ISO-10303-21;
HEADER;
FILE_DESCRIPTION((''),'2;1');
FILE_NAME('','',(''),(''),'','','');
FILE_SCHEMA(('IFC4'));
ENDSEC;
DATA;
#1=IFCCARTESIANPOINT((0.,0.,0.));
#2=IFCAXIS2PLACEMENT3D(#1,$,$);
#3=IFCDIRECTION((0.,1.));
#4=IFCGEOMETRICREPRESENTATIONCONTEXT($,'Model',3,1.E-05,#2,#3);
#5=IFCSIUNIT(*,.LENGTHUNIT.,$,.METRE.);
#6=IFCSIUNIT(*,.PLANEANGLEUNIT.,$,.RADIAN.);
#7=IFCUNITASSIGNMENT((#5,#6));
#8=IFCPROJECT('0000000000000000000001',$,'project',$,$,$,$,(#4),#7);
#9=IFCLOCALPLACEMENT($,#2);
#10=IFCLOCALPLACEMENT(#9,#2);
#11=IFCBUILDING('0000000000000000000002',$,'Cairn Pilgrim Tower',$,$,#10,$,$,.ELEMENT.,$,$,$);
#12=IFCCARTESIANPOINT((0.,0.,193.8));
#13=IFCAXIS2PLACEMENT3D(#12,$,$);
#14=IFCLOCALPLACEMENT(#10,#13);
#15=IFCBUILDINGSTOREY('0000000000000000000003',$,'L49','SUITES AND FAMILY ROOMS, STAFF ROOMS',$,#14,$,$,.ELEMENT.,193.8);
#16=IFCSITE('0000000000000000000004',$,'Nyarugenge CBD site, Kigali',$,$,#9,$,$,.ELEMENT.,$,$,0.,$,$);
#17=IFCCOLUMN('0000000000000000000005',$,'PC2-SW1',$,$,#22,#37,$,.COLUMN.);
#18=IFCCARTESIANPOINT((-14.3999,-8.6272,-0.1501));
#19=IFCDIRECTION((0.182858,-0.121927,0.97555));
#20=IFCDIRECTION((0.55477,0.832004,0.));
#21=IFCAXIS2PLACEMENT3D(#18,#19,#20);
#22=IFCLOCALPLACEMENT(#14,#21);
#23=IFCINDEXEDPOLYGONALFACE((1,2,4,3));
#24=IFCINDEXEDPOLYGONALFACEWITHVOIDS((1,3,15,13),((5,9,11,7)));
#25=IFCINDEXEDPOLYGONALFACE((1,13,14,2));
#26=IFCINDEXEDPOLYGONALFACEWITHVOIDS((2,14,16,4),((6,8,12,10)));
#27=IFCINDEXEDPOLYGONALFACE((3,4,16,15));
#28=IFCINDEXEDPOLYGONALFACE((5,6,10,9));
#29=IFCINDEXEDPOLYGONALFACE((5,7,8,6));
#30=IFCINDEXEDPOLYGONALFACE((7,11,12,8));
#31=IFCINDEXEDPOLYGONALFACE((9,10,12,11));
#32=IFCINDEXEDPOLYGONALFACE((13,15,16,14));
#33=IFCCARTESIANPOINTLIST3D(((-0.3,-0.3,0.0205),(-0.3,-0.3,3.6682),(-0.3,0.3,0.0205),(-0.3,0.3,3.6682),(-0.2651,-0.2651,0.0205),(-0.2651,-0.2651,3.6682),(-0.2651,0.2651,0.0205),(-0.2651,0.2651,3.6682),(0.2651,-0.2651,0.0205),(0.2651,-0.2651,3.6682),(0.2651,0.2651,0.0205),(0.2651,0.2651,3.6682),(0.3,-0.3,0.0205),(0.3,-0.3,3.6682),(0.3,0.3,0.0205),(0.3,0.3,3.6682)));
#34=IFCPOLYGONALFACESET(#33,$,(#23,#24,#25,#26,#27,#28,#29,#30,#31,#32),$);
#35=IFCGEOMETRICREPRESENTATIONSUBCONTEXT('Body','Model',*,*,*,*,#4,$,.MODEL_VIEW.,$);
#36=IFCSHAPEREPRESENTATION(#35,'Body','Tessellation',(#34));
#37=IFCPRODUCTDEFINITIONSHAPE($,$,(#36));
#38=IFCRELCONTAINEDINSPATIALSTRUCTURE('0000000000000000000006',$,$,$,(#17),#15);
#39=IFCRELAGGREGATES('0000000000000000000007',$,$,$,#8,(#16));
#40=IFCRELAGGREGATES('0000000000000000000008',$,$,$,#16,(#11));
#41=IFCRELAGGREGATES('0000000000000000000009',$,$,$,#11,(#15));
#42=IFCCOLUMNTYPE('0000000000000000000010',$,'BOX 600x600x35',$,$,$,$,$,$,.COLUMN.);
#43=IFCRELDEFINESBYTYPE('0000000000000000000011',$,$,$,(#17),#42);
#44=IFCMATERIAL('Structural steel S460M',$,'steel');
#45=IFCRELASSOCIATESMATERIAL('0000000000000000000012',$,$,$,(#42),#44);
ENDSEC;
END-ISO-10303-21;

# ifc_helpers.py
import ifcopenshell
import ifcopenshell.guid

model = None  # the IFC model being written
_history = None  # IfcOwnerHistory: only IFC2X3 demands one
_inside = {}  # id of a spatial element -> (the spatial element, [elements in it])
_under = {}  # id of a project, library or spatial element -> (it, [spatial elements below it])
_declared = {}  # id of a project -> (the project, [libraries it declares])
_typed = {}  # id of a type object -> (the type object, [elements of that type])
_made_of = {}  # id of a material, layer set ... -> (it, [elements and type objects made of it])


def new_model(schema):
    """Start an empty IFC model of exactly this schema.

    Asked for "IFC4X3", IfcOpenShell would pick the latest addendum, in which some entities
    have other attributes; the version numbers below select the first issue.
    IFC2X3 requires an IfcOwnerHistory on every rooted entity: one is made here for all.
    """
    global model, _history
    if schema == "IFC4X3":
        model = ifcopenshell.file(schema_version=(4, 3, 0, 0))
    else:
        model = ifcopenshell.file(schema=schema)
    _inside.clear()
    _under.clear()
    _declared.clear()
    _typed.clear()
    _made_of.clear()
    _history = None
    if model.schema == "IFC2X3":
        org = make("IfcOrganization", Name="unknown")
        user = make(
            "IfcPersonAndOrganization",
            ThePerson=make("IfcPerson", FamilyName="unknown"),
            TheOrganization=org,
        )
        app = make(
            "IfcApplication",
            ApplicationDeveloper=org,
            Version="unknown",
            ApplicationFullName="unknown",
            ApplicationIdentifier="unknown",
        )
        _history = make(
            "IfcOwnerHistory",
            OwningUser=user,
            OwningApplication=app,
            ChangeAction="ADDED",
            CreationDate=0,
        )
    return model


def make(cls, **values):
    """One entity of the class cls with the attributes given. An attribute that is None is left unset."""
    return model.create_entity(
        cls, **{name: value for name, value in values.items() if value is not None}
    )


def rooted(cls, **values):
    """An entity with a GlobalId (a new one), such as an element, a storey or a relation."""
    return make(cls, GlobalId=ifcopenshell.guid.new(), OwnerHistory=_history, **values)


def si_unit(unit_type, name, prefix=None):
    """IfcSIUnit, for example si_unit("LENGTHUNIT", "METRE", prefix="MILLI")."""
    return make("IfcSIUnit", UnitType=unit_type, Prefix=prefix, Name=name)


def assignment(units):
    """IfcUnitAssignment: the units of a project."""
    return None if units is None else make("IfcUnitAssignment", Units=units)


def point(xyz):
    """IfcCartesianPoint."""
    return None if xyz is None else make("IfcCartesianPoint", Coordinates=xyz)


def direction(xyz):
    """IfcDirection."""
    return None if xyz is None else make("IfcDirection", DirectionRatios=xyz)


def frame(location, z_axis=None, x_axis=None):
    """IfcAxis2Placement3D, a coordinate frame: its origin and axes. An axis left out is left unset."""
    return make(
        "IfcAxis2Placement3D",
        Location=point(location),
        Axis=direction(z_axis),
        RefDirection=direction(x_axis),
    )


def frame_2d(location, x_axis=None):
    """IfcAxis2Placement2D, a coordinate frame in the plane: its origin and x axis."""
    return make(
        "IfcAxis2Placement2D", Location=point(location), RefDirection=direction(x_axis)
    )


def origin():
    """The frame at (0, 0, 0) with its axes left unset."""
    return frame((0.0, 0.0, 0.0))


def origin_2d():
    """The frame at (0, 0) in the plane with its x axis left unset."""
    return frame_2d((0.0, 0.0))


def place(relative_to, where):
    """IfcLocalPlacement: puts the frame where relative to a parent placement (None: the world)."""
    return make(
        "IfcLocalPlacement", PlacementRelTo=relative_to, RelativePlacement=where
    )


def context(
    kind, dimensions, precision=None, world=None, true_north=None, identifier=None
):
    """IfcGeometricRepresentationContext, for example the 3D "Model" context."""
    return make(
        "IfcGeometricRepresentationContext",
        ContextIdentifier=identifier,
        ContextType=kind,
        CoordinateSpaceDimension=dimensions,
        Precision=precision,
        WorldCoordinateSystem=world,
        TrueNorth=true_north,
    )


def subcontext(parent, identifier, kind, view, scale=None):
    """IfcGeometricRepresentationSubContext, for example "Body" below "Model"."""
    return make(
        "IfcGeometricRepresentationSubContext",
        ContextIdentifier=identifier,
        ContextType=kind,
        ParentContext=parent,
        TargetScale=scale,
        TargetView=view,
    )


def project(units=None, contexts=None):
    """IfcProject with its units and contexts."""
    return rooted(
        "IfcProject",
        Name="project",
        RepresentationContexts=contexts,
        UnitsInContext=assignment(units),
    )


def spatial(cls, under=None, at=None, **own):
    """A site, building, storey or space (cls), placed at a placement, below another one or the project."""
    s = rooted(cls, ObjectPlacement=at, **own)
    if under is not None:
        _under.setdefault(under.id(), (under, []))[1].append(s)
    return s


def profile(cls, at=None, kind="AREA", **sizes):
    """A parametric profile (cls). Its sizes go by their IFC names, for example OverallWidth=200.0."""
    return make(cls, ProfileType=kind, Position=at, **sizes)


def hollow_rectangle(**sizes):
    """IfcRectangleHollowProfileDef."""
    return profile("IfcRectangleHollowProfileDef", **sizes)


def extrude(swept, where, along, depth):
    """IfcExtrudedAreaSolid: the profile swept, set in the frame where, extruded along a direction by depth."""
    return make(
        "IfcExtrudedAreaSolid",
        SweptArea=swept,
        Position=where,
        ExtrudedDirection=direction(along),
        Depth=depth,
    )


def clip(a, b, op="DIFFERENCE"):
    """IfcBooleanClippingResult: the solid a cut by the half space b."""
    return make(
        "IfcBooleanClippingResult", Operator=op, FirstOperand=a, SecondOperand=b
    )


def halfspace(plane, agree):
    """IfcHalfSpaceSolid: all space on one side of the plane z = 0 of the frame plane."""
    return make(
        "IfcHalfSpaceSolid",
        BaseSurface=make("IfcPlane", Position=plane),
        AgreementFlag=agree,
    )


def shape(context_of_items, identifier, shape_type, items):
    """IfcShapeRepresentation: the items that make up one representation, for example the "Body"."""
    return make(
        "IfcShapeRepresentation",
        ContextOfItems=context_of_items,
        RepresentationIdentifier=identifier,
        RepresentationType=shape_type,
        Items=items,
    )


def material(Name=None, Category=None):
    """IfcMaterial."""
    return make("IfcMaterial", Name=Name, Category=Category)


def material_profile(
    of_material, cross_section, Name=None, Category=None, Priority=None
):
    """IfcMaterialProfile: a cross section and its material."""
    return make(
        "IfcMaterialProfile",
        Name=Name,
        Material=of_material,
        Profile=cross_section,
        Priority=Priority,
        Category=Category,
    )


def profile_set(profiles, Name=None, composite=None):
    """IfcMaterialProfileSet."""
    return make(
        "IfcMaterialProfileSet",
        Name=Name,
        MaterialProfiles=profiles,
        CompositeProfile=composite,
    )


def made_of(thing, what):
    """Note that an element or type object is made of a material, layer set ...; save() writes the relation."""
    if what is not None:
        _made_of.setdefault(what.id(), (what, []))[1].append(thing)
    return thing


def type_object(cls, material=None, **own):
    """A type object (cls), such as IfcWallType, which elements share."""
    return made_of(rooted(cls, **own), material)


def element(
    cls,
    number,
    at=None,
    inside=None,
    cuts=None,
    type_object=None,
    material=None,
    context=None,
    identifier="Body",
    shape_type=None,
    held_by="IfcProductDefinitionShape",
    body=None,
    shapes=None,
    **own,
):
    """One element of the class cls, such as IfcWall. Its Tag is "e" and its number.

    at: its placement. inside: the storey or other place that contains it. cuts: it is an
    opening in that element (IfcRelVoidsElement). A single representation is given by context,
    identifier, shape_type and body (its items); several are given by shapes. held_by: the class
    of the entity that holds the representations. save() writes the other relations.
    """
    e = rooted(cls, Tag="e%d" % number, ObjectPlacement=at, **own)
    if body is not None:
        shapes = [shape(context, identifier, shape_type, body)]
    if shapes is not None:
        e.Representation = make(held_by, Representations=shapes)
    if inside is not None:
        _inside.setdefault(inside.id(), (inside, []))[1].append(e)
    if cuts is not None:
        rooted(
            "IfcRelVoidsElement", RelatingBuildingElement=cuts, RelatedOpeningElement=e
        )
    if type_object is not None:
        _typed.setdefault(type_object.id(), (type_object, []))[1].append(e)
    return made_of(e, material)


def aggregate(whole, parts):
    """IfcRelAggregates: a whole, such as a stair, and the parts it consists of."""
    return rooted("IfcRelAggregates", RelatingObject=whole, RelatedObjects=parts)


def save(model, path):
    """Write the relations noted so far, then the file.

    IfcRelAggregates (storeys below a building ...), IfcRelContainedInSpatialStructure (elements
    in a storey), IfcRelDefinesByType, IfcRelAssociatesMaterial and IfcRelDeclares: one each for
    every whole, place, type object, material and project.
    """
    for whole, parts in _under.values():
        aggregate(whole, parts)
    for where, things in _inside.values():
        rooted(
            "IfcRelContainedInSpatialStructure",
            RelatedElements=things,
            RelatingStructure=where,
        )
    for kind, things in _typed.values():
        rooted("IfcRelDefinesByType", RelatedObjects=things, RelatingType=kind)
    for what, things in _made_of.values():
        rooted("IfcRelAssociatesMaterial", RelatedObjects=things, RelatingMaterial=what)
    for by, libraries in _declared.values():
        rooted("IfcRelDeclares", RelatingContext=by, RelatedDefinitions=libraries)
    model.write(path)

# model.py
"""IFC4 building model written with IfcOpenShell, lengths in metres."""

from ifc_helpers import new_model, si_unit, direction, frame, origin, origin_2d, place, context, subcontext, project, spatial, hollow_rectangle, extrude, clip, halfspace, material, material_profile, profile_set, type_object, element, save


model = new_model("IFC4")

# Units and contexts
model_context = context("Model", 3, precision=1e-05, world=origin(), true_north=direction((0.0, 1.0)))
body_context = subcontext(model_context, "Body", "Model", "MODEL_VIEW")
ifc_project = project(units=[si_unit("LENGTHUNIT", "METRE"), si_unit("PLANEANGLEUNIT", "RADIAN")], contexts=[model_context])

# Site, building, storey
site_placement = place(None, origin())
site = spatial("IfcSite", under=ifc_project, at=site_placement, Name="Nyarugenge CBD site, Kigali", CompositionType="ELEMENT", RefElevation=0.0)
building_placement = place(site_placement, origin())
building = spatial("IfcBuilding", under=site, at=building_placement, Name="Cairn Pilgrim Tower", CompositionType="ELEMENT")
storey_placement = place(building_placement, frame((0.0, 0.0, 193.8)))
storey = spatial("IfcBuildingStorey", under=building, at=storey_placement, Name="L49", Description="SUITES AND FAMILY ROOMS, STAFF ROOMS", CompositionType="ELEMENT", Elevation=193.8)

# Column
ifc_material_1 = material(Name="Structural steel S460M", Category="steel")
ifc_material_profile_1 = material_profile(ifc_material_1, hollow_rectangle(XDim=0.6001, YDim=0.6001, WallThickness=0.0349, at=origin_2d()), Name="BOX 600x600x35")
ifc_profile_set_1 = profile_set([ifc_material_profile_1], Name="Structural steel S460M")
column_type_1 = type_object("IfcColumnType", Name="BOX 600x600x35", PredefinedType="COLUMN", material=ifc_profile_set_1)
column_1_placement = place(storey_placement, frame((-14.3999, -8.6272, -0.1501), z_axis=(0.182858, -0.121927, 0.97555), x_axis=(0.55477, 0.832004, 0.0)))
element("IfcColumn", 1, at=column_1_placement, inside=storey, type_object=column_type_1, Name="PC2-SW1", PredefinedType="COLUMN", context=body_context, shape_type="Clipping", body=[
    clip(clip(extrude(hollow_rectangle(XDim=0.6001, YDim=0.6001, WallThickness=0.0349, at=origin_2d()), origin(), (0.0, 0.0, 1.0), 3.6904), halfspace(frame((0.0, 0.0, 0.0205), z_axis=(0.0, 0.0, 1.0), x_axis=(1.0, 0.0, 0.0)), True)), halfspace(frame((0.0, 0.0, 3.6682), z_axis=(0.0, 0.0, 1.0), x_axis=(1.0, 0.0, 0.0)), False)),
])

save(model, "model.ifc")
